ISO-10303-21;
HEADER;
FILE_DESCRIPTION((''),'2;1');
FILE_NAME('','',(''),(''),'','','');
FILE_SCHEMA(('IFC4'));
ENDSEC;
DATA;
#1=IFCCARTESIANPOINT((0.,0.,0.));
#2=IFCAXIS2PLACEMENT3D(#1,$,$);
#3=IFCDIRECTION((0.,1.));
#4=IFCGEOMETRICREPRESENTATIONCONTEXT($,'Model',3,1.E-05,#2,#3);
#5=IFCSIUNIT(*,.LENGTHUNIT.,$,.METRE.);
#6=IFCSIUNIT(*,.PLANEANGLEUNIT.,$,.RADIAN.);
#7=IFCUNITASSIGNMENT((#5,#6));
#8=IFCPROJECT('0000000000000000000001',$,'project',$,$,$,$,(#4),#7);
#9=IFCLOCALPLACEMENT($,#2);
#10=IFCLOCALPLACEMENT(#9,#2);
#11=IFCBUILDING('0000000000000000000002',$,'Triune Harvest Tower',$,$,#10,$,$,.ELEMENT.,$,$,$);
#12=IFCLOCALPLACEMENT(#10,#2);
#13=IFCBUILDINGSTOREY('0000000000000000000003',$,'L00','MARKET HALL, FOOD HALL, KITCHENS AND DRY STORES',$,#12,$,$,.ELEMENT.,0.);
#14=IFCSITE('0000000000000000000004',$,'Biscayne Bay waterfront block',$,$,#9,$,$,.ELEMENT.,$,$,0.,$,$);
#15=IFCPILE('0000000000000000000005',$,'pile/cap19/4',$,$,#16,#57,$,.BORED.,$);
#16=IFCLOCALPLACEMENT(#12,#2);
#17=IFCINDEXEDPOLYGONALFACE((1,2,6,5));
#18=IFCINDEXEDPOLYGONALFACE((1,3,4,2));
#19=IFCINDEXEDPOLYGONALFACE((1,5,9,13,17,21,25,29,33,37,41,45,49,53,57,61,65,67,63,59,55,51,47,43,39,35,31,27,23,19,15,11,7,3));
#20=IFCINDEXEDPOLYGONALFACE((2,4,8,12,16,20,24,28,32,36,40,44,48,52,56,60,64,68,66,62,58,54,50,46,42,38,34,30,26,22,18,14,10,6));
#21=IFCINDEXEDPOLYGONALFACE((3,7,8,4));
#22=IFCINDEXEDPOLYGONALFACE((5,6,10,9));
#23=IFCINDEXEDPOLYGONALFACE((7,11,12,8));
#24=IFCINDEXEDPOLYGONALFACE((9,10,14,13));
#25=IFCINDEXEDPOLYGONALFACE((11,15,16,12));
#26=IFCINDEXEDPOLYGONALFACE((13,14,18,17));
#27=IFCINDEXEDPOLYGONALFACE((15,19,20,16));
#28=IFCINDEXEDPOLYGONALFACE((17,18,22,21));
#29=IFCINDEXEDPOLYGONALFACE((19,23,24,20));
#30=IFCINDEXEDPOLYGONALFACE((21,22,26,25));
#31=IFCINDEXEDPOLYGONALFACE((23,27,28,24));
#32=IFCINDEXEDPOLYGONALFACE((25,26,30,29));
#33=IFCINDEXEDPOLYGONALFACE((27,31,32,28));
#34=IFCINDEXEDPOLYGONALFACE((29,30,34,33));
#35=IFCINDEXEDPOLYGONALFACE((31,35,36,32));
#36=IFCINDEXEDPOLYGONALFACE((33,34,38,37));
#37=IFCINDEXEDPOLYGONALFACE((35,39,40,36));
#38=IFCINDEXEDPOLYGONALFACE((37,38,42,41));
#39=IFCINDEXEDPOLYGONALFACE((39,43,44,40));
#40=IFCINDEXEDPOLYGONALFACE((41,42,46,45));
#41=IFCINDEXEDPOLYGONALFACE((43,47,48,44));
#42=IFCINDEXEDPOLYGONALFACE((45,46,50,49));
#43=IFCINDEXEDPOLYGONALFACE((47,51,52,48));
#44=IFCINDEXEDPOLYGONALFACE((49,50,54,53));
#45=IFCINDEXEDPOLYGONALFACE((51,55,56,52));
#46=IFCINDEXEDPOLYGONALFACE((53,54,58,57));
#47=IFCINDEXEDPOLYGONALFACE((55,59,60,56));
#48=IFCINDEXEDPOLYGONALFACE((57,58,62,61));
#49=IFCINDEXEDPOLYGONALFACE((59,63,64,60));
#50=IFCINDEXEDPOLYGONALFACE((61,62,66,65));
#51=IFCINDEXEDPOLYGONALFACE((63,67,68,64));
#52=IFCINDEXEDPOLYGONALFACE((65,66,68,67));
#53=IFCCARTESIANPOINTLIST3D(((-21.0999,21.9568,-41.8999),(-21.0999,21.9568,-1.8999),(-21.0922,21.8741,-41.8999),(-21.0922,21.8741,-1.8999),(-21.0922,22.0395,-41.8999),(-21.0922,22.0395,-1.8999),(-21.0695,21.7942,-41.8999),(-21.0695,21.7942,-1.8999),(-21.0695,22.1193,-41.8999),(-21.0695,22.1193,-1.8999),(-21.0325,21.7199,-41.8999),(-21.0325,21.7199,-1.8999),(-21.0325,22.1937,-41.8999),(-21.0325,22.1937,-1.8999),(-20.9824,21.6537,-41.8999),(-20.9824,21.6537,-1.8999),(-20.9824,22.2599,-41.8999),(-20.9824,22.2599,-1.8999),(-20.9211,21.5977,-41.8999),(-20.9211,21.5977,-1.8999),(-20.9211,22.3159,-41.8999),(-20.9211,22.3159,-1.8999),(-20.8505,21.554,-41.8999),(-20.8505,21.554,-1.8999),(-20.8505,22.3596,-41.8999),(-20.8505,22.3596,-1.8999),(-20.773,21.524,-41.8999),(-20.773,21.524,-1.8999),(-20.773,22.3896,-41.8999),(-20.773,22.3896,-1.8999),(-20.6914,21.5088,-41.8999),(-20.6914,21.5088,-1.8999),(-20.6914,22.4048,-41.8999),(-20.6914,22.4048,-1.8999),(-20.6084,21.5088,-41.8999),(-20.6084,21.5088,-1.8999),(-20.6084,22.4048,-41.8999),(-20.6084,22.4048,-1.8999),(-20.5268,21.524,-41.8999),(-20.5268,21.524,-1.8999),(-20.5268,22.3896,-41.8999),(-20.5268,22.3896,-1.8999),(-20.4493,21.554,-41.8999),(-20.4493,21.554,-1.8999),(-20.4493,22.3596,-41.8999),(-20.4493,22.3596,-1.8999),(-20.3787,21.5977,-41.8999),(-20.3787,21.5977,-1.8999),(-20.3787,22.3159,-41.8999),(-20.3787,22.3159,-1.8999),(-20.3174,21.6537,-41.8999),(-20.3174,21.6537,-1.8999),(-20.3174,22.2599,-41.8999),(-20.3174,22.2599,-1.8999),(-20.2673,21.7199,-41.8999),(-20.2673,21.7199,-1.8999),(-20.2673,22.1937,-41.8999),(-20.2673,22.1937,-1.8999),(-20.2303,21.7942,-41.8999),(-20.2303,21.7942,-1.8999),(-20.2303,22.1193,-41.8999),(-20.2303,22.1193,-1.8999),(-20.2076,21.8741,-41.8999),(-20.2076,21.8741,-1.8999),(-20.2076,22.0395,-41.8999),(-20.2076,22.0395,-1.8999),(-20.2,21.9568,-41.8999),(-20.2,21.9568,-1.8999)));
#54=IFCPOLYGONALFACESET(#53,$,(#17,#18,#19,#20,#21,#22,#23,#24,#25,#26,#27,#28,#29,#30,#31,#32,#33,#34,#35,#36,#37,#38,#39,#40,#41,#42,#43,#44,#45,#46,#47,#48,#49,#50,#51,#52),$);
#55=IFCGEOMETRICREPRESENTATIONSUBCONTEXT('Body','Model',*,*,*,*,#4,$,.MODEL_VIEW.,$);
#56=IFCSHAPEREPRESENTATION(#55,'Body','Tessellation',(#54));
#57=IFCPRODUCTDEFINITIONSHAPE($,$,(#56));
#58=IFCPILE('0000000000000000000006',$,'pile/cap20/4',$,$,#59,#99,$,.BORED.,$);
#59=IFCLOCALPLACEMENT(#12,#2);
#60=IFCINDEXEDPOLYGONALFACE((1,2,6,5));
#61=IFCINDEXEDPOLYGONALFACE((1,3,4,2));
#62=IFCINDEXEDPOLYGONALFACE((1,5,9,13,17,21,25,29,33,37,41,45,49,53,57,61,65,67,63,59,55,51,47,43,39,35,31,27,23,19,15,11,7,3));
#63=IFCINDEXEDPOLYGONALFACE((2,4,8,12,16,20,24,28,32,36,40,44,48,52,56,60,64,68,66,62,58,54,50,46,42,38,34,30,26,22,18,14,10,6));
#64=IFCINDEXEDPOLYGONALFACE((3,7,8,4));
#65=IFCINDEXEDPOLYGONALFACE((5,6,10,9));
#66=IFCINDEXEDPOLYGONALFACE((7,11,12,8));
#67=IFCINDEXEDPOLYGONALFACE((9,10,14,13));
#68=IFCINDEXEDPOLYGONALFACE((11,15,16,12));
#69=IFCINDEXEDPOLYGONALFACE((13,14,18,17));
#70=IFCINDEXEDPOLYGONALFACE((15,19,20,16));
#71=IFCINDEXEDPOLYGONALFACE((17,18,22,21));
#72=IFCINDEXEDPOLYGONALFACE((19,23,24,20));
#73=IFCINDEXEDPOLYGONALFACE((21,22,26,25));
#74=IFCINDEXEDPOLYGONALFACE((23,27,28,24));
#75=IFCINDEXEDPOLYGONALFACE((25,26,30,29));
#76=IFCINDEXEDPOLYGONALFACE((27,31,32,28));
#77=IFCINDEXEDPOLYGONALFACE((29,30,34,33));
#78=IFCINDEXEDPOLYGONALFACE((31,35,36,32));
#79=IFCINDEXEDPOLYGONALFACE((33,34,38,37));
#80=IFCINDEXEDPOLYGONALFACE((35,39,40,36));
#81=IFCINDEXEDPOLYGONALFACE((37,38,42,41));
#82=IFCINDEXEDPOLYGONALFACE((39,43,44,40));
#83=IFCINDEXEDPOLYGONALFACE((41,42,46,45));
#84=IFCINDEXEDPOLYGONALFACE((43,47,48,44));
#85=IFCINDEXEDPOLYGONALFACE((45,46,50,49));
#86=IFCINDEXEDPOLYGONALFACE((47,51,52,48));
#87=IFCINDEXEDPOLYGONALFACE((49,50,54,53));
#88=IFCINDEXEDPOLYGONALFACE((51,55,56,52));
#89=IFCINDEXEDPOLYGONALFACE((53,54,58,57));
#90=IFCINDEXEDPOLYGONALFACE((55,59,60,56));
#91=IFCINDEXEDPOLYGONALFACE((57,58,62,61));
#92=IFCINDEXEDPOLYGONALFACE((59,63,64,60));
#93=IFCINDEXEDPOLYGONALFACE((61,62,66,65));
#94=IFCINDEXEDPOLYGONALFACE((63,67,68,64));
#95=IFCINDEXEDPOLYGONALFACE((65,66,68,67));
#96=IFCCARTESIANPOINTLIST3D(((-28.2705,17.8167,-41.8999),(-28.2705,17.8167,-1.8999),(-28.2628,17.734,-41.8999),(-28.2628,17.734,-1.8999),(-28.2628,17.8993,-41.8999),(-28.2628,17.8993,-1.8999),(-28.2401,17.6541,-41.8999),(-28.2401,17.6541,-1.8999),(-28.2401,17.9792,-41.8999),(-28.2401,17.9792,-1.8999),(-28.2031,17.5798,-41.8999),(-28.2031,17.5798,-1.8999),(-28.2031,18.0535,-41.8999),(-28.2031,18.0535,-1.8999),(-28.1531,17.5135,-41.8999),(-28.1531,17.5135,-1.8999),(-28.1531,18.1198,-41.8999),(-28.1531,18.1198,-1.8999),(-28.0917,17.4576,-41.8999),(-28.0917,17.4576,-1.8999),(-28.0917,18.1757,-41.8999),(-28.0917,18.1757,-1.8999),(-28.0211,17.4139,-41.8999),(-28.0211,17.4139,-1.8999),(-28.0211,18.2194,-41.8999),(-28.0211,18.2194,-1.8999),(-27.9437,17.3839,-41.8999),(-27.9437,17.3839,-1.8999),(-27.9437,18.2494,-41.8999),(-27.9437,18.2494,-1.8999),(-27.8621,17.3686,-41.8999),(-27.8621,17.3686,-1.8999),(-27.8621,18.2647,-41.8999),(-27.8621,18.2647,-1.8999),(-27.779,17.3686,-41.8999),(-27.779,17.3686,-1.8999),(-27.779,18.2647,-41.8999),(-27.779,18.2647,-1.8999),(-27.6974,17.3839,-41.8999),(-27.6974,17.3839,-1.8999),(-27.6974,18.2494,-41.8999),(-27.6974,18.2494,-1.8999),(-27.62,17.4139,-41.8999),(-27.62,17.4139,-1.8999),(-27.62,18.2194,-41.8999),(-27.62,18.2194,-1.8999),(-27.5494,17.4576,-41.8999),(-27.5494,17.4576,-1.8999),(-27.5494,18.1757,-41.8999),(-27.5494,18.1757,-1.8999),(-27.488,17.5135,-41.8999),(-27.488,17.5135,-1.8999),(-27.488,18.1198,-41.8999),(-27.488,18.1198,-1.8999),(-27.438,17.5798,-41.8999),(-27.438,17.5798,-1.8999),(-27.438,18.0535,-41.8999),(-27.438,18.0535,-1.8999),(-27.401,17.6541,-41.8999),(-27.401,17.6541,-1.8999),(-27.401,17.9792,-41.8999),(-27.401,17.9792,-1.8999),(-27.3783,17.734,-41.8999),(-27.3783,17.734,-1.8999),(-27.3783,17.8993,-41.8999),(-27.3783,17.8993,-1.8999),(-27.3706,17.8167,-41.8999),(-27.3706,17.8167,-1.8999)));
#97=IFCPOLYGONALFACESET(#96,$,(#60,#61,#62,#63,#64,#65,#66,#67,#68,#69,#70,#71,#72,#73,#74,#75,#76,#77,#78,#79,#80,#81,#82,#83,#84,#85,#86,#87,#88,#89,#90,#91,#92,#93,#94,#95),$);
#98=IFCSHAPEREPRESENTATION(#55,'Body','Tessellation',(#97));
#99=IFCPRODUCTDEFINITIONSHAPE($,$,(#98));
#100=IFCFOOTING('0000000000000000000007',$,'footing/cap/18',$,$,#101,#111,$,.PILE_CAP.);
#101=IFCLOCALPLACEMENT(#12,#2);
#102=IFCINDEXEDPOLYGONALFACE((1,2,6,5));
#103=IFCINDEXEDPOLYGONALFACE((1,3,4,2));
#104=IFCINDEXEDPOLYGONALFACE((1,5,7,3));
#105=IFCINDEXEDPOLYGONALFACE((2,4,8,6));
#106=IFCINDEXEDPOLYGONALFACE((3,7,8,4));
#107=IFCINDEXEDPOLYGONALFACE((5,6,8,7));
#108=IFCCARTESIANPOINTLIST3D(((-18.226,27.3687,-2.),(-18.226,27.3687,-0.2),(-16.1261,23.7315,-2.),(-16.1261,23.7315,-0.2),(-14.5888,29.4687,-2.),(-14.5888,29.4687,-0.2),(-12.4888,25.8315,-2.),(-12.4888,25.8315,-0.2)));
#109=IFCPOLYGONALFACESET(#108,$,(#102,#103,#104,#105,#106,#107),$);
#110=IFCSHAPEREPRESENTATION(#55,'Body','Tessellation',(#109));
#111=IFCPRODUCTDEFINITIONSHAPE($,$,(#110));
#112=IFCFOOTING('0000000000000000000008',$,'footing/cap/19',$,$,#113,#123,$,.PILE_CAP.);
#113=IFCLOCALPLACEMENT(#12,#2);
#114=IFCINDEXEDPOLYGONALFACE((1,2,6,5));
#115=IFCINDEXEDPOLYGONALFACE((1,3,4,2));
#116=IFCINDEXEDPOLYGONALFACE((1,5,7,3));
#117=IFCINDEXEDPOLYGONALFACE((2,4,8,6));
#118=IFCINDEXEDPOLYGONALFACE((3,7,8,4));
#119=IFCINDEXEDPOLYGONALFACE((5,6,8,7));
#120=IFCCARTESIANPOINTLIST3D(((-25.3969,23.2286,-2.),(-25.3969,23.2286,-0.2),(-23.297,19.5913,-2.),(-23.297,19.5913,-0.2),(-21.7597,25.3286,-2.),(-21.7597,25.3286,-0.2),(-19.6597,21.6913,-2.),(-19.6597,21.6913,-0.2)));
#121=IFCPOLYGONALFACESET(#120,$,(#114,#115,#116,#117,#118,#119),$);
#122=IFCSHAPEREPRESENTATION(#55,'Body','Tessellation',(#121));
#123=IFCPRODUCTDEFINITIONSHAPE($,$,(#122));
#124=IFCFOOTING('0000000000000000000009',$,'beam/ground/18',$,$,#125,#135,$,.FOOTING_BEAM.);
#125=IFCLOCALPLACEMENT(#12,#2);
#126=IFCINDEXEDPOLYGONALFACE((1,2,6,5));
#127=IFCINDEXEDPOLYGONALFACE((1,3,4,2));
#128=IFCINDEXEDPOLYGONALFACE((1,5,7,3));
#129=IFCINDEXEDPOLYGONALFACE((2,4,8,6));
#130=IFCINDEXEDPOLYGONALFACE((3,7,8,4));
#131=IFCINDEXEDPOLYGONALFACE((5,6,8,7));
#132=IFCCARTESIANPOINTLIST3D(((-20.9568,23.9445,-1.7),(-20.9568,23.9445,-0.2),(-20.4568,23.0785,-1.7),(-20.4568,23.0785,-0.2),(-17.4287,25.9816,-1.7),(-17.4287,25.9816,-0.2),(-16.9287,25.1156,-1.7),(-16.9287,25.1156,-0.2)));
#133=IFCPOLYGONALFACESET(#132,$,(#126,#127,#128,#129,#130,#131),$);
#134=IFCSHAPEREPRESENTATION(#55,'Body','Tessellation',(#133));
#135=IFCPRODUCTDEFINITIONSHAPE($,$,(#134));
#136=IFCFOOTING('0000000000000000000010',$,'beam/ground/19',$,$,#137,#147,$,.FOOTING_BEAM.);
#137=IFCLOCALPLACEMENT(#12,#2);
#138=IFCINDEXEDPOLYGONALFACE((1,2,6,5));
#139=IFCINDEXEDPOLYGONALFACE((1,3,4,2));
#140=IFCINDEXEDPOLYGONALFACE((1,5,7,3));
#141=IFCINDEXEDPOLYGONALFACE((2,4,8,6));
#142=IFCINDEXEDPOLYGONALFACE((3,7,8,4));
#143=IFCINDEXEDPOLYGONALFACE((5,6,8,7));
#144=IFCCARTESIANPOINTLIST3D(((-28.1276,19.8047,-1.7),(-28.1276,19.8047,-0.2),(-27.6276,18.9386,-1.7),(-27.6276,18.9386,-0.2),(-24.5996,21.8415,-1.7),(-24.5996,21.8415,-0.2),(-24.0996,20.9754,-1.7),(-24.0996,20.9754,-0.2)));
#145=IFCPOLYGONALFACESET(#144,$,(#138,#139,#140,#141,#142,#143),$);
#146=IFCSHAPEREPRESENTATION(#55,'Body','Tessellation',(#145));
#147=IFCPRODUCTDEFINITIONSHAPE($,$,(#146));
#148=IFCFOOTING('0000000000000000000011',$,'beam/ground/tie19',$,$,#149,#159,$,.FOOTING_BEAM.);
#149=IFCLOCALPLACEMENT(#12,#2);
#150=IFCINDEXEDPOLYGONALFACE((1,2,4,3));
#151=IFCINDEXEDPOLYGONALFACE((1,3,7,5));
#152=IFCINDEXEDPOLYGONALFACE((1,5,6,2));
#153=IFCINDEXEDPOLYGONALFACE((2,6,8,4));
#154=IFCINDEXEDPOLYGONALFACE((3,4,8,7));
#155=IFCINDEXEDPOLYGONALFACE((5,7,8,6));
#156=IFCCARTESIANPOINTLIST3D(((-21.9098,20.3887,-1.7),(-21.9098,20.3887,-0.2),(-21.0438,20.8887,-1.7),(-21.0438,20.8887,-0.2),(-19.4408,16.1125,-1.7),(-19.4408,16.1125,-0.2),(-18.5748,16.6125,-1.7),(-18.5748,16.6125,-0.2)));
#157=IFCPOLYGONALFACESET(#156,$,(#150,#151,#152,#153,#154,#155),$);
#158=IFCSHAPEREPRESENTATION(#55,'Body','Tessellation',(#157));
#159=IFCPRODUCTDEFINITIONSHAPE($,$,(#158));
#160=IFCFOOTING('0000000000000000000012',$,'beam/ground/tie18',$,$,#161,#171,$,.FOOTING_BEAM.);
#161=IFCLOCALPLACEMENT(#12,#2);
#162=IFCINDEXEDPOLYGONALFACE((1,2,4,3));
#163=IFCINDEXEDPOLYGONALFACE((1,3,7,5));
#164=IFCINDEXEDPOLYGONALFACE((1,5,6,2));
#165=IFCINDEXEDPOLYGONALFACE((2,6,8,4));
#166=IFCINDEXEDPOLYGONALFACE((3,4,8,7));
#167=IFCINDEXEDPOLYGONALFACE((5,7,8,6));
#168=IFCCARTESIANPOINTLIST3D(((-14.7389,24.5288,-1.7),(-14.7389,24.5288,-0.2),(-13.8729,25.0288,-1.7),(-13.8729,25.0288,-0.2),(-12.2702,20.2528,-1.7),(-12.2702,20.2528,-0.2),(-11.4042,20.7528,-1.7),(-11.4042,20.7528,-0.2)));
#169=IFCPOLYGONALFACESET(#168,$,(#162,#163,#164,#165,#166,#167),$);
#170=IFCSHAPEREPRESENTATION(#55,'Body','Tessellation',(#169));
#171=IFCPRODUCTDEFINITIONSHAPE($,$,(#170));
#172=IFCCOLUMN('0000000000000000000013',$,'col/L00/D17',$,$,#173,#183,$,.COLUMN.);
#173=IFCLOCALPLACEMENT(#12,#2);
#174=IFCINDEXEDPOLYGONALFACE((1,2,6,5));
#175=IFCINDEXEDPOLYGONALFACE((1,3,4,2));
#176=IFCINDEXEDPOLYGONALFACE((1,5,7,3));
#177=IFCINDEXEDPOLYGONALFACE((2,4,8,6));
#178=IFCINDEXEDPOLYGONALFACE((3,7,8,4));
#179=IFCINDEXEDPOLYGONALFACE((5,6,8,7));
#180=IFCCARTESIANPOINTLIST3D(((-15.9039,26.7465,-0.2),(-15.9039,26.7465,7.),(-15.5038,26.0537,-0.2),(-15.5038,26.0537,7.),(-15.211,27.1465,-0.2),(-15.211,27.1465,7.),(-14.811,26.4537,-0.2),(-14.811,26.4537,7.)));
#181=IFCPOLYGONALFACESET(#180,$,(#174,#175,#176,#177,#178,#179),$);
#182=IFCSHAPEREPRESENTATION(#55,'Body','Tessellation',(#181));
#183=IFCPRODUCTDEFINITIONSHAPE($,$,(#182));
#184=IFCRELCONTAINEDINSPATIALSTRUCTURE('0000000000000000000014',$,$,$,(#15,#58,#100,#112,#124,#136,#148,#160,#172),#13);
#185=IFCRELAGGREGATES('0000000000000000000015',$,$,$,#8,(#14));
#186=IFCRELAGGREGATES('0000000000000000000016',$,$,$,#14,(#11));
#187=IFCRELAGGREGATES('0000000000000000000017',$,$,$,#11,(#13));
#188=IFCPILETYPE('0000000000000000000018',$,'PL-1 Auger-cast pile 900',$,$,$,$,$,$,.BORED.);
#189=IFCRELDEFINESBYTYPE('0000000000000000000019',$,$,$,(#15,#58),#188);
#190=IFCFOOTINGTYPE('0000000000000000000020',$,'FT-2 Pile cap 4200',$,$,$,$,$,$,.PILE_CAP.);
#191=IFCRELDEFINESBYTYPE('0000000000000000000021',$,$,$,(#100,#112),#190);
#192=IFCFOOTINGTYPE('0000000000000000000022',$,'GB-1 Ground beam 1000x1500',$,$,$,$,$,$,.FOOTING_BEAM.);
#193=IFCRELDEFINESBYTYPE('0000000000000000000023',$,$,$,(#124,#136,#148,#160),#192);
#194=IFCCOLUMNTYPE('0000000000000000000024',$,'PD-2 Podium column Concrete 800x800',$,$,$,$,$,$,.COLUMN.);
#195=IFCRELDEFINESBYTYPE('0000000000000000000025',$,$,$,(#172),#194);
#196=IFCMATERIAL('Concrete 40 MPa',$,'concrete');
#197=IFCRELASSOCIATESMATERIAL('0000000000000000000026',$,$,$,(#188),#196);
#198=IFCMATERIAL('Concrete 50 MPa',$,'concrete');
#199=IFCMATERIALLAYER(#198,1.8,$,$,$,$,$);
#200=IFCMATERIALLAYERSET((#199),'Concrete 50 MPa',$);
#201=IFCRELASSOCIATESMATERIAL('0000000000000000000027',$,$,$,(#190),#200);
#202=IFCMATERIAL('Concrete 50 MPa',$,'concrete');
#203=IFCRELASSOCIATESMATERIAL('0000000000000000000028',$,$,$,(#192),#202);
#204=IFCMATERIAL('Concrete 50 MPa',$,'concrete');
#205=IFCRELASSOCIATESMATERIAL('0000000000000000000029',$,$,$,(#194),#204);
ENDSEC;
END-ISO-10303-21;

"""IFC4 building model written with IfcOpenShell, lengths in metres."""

from ifc_helpers import new_model, si_unit, direction, frame, origin, origin_2d, place, context, subcontext, project, spatial, rectangle, circle, extrude, source, transform, mapped, material, layer, layer_set, material_profile, profile_set, type_object, element, save


model = new_model("IFC4")

# Units and contexts
model_context = context("Model", 3, precision=1e-05, world=origin(), true_north=direction((0.0, 1.0)))
body_context = subcontext(model_context, "Body", "Model", "MODEL_VIEW")
ifc_project = project(units=[si_unit("LENGTHUNIT", "METRE"), si_unit("PLANEANGLEUNIT", "RADIAN")], contexts=[model_context])

# Site, building, storey
site_placement = place(None, origin())
site = spatial("IfcSite", under=ifc_project, at=site_placement, Name="Biscayne Bay waterfront block", CompositionType="ELEMENT", RefElevation=0.0)
building_placement = place(site_placement, origin())
building = spatial("IfcBuilding", under=site, at=building_placement, Name="Triune Harvest Tower", CompositionType="ELEMENT")
storey_placement = place(building_placement, origin())
storey = spatial("IfcBuildingStorey", under=building, at=storey_placement, Name="L00", Description="MARKET HALL, FOOD HALL, KITCHENS AND DRY STORES", CompositionType="ELEMENT", Elevation=0.0)

# Piles
ifc_material_1 = material(Name="Concrete 40 MPa", Category="concrete")
ifc_material_profile_1 = material_profile(ifc_material_1, circle(Radius=0.45, at=origin_2d()), Name="Bored 900")
ifc_profile_set_1 = profile_set([ifc_material_profile_1], Name="Concrete 40 MPa")
pile_type = type_object("IfcPileType", Name="PL-1 Auger-cast pile 900", PredefinedType="BORED", material=ifc_profile_set_1)
shared_shape_1 = source(origin(), body_context, "Body", "SweptSolid", [
    extrude(circle(Radius=0.45, at=origin_2d()), origin(), (0.0, 0.0, 1.0), 40.0),
])
for number, where, z_axis, x_axis, name in (
    (1, (-20.6499, 21.9568, -1.8999), (0.0, 0.0, -1.0), (1.0, 0.0, 0.0), "pile/cap19/4"),
    (2, (-27.8206, 17.8167, -1.8999), (0.0, 0.0, -1.0), (1.0, 0.0, 0.0), "pile/cap20/4"),
):
    element("IfcPile", number, at=place(storey_placement, frame(where, z_axis=z_axis, x_axis=x_axis)), inside=storey, type_object=pile_type, Name=name, PredefinedType="BORED", context=body_context, shape_type="MappedRepresentation", body=[
        mapped(shared_shape_1, transform((0.0, 0.0, 0.0), scale=1.0)),
    ])

# Footings
ifc_material_2 = material(Name="Concrete 50 MPa", Category="concrete")
ifc_layer_1 = layer(ifc_material_2, 1.8)
ifc_layer_set_1 = layer_set([ifc_layer_1], Name="Concrete 50 MPa")
footing_type_1 = type_object("IfcFootingType", Name="FT-2 Pile cap 4200", PredefinedType="PILE_CAP", material=ifc_layer_set_1)
shared_shape_2 = source(origin(), body_context, "Body", "SweptSolid", [
    extrude(rectangle(XDim=4.2, YDim=4.2, at=origin_2d()), origin(), (0.0, 0.0, 1.0), 1.8),
])
for number, where, z_axis, x_axis, name in (
    (3, (-15.3574, 26.6001, -2.0), (0.0, 0.0, 1.0), (-0.866025, -0.5, 0.0), "footing/cap/18"),
    (4, (-22.5283, 22.46, -2.0), (0.0, 0.0, 1.0), (-0.866025, -0.5, 0.0), "footing/cap/19"),
):
    element("IfcFooting", number, at=place(storey_placement, frame(where, z_axis=z_axis, x_axis=x_axis)), inside=storey, type_object=footing_type_1, Name=name, PredefinedType="PILE_CAP", context=body_context, shape_type="MappedRepresentation", body=[
        mapped(shared_shape_2, transform((0.0, 0.0, 0.0), scale=1.0)),
    ])
ifc_material_3 = material(Name="Concrete 50 MPa", Category="concrete")
ifc_material_profile_2 = material_profile(ifc_material_3, rectangle(XDim=1.0, YDim=1.5, at=origin_2d()), Name="Concrete 1000x1500")
ifc_profile_set_2 = profile_set([ifc_material_profile_2], Name="Concrete 50 MPa")
footing_type_2 = type_object("IfcFootingType", Name="GB-1 Ground beam 1000x1500", PredefinedType="FOOTING_BEAM", material=ifc_profile_set_2)
shared_shape_3 = source(origin(), body_context, "Body", "SweptSolid", [
    extrude(rectangle(XDim=1.0, YDim=1.5, at=origin_2d()), origin(), (0.0, 0.0, 1.0), 4.074),
])
footing_1_placement = place(storey_placement, frame((-17.1787, 25.5486, -0.95), z_axis=(-0.866007, -0.500032, 0.0), x_axis=(0.500032, -0.866007, 0.0)))
element("IfcFooting", 5, at=footing_1_placement, inside=storey, type_object=footing_type_2, Name="beam/ground/18", PredefinedType="FOOTING_BEAM", context=body_context, shape_type="MappedRepresentation", body=[
    mapped(shared_shape_3, transform((0.0, 0.0, 0.0), scale=1.0)),
])
shared_shape_4 = source(origin(), body_context, "Body", "SweptSolid", [
    extrude(rectangle(XDim=1.0, YDim=1.5, at=origin_2d()), origin(), (0.0, 0.0, 1.0), 4.0737),
])
footing_2_placement = place(storey_placement, frame((-24.3496, 21.4084, -0.95), z_axis=(-0.866033, -0.499987, 0.0), x_axis=(0.499987, -0.866033, 0.0)))
element("IfcFooting", 6, at=footing_2_placement, inside=storey, type_object=footing_type_2, Name="beam/ground/19", PredefinedType="FOOTING_BEAM", context=body_context, shape_type="MappedRepresentation", body=[
    mapped(shared_shape_4, transform((0.0, 0.0, 0.0), scale=1.0)),
])
shared_shape_5 = source(origin(), body_context, "Body", "SweptSolid", [
    extrude(rectangle(XDim=1.0, YDim=1.5, at=origin_2d()), origin(), (0.0, 0.0, 1.0), 4.9377),
])
footing_3_placement = place(storey_placement, frame((-21.4768, 20.6387, -0.95), z_axis=(0.500026, -0.86601, 0.0), x_axis=(0.86601, 0.500026, 0.0)))
element("IfcFooting", 7, at=footing_3_placement, inside=storey, type_object=footing_type_2, Name="beam/ground/tie19", PredefinedType="FOOTING_BEAM", context=body_context, shape_type="MappedRepresentation", body=[
    mapped(shared_shape_5, transform((0.0, 0.0, 0.0), scale=1.0)),
])
shared_shape_6 = source(origin(), body_context, "Body", "SweptSolid", [
    extrude(rectangle(XDim=1.0, YDim=1.5, at=origin_2d()), origin(), (0.0, 0.0, 1.0), 4.9375),
])
footing_4_placement = place(storey_placement, frame((-14.3059, 24.7788, -0.95), z_axis=(0.499989, -0.866032, 0.0), x_axis=(0.866032, 0.499989, 0.0)))
element("IfcFooting", 8, at=footing_4_placement, inside=storey, type_object=footing_type_2, Name="beam/ground/tie18", PredefinedType="FOOTING_BEAM", context=body_context, shape_type="MappedRepresentation", body=[
    mapped(shared_shape_6, transform((0.0, 0.0, 0.0), scale=1.0)),
])

# Column
ifc_material_4 = material(Name="Concrete 50 MPa", Category="concrete")
ifc_material_profile_3 = material_profile(ifc_material_4, rectangle(XDim=0.8, YDim=0.8, at=origin_2d()), Name="Concrete 800x800")
ifc_profile_set_3 = profile_set([ifc_material_profile_3], Name="Concrete 50 MPa")
column_type = type_object("IfcColumnType", Name="PD-2 Podium column Concrete 800x800", PredefinedType="COLUMN", material=ifc_profile_set_3)
shared_shape_7 = source(origin(), body_context, "Body", "SweptSolid", [
    extrude(rectangle(XDim=0.8, YDim=0.8, at=origin_2d()), origin(), (0.0, 0.0, 1.0), 7.2),
])
for number, where, z_axis, x_axis, name in (
    (9, (-15.3574, 26.6001, -0.2), (0.0, 0.0, 1.0), (-0.866025, -0.5, 0.0), "col/L00/D17"),
):
    element("IfcColumn", number, at=place(storey_placement, frame(where, z_axis=z_axis, x_axis=x_axis)), inside=storey, type_object=column_type, Name=name, PredefinedType="COLUMN", context=body_context, shape_type="MappedRepresentation", body=[
        mapped(shared_shape_7, transform((0.0, 0.0, 0.0), scale=1.0)),
    ])

save(model, "model.ifc")
